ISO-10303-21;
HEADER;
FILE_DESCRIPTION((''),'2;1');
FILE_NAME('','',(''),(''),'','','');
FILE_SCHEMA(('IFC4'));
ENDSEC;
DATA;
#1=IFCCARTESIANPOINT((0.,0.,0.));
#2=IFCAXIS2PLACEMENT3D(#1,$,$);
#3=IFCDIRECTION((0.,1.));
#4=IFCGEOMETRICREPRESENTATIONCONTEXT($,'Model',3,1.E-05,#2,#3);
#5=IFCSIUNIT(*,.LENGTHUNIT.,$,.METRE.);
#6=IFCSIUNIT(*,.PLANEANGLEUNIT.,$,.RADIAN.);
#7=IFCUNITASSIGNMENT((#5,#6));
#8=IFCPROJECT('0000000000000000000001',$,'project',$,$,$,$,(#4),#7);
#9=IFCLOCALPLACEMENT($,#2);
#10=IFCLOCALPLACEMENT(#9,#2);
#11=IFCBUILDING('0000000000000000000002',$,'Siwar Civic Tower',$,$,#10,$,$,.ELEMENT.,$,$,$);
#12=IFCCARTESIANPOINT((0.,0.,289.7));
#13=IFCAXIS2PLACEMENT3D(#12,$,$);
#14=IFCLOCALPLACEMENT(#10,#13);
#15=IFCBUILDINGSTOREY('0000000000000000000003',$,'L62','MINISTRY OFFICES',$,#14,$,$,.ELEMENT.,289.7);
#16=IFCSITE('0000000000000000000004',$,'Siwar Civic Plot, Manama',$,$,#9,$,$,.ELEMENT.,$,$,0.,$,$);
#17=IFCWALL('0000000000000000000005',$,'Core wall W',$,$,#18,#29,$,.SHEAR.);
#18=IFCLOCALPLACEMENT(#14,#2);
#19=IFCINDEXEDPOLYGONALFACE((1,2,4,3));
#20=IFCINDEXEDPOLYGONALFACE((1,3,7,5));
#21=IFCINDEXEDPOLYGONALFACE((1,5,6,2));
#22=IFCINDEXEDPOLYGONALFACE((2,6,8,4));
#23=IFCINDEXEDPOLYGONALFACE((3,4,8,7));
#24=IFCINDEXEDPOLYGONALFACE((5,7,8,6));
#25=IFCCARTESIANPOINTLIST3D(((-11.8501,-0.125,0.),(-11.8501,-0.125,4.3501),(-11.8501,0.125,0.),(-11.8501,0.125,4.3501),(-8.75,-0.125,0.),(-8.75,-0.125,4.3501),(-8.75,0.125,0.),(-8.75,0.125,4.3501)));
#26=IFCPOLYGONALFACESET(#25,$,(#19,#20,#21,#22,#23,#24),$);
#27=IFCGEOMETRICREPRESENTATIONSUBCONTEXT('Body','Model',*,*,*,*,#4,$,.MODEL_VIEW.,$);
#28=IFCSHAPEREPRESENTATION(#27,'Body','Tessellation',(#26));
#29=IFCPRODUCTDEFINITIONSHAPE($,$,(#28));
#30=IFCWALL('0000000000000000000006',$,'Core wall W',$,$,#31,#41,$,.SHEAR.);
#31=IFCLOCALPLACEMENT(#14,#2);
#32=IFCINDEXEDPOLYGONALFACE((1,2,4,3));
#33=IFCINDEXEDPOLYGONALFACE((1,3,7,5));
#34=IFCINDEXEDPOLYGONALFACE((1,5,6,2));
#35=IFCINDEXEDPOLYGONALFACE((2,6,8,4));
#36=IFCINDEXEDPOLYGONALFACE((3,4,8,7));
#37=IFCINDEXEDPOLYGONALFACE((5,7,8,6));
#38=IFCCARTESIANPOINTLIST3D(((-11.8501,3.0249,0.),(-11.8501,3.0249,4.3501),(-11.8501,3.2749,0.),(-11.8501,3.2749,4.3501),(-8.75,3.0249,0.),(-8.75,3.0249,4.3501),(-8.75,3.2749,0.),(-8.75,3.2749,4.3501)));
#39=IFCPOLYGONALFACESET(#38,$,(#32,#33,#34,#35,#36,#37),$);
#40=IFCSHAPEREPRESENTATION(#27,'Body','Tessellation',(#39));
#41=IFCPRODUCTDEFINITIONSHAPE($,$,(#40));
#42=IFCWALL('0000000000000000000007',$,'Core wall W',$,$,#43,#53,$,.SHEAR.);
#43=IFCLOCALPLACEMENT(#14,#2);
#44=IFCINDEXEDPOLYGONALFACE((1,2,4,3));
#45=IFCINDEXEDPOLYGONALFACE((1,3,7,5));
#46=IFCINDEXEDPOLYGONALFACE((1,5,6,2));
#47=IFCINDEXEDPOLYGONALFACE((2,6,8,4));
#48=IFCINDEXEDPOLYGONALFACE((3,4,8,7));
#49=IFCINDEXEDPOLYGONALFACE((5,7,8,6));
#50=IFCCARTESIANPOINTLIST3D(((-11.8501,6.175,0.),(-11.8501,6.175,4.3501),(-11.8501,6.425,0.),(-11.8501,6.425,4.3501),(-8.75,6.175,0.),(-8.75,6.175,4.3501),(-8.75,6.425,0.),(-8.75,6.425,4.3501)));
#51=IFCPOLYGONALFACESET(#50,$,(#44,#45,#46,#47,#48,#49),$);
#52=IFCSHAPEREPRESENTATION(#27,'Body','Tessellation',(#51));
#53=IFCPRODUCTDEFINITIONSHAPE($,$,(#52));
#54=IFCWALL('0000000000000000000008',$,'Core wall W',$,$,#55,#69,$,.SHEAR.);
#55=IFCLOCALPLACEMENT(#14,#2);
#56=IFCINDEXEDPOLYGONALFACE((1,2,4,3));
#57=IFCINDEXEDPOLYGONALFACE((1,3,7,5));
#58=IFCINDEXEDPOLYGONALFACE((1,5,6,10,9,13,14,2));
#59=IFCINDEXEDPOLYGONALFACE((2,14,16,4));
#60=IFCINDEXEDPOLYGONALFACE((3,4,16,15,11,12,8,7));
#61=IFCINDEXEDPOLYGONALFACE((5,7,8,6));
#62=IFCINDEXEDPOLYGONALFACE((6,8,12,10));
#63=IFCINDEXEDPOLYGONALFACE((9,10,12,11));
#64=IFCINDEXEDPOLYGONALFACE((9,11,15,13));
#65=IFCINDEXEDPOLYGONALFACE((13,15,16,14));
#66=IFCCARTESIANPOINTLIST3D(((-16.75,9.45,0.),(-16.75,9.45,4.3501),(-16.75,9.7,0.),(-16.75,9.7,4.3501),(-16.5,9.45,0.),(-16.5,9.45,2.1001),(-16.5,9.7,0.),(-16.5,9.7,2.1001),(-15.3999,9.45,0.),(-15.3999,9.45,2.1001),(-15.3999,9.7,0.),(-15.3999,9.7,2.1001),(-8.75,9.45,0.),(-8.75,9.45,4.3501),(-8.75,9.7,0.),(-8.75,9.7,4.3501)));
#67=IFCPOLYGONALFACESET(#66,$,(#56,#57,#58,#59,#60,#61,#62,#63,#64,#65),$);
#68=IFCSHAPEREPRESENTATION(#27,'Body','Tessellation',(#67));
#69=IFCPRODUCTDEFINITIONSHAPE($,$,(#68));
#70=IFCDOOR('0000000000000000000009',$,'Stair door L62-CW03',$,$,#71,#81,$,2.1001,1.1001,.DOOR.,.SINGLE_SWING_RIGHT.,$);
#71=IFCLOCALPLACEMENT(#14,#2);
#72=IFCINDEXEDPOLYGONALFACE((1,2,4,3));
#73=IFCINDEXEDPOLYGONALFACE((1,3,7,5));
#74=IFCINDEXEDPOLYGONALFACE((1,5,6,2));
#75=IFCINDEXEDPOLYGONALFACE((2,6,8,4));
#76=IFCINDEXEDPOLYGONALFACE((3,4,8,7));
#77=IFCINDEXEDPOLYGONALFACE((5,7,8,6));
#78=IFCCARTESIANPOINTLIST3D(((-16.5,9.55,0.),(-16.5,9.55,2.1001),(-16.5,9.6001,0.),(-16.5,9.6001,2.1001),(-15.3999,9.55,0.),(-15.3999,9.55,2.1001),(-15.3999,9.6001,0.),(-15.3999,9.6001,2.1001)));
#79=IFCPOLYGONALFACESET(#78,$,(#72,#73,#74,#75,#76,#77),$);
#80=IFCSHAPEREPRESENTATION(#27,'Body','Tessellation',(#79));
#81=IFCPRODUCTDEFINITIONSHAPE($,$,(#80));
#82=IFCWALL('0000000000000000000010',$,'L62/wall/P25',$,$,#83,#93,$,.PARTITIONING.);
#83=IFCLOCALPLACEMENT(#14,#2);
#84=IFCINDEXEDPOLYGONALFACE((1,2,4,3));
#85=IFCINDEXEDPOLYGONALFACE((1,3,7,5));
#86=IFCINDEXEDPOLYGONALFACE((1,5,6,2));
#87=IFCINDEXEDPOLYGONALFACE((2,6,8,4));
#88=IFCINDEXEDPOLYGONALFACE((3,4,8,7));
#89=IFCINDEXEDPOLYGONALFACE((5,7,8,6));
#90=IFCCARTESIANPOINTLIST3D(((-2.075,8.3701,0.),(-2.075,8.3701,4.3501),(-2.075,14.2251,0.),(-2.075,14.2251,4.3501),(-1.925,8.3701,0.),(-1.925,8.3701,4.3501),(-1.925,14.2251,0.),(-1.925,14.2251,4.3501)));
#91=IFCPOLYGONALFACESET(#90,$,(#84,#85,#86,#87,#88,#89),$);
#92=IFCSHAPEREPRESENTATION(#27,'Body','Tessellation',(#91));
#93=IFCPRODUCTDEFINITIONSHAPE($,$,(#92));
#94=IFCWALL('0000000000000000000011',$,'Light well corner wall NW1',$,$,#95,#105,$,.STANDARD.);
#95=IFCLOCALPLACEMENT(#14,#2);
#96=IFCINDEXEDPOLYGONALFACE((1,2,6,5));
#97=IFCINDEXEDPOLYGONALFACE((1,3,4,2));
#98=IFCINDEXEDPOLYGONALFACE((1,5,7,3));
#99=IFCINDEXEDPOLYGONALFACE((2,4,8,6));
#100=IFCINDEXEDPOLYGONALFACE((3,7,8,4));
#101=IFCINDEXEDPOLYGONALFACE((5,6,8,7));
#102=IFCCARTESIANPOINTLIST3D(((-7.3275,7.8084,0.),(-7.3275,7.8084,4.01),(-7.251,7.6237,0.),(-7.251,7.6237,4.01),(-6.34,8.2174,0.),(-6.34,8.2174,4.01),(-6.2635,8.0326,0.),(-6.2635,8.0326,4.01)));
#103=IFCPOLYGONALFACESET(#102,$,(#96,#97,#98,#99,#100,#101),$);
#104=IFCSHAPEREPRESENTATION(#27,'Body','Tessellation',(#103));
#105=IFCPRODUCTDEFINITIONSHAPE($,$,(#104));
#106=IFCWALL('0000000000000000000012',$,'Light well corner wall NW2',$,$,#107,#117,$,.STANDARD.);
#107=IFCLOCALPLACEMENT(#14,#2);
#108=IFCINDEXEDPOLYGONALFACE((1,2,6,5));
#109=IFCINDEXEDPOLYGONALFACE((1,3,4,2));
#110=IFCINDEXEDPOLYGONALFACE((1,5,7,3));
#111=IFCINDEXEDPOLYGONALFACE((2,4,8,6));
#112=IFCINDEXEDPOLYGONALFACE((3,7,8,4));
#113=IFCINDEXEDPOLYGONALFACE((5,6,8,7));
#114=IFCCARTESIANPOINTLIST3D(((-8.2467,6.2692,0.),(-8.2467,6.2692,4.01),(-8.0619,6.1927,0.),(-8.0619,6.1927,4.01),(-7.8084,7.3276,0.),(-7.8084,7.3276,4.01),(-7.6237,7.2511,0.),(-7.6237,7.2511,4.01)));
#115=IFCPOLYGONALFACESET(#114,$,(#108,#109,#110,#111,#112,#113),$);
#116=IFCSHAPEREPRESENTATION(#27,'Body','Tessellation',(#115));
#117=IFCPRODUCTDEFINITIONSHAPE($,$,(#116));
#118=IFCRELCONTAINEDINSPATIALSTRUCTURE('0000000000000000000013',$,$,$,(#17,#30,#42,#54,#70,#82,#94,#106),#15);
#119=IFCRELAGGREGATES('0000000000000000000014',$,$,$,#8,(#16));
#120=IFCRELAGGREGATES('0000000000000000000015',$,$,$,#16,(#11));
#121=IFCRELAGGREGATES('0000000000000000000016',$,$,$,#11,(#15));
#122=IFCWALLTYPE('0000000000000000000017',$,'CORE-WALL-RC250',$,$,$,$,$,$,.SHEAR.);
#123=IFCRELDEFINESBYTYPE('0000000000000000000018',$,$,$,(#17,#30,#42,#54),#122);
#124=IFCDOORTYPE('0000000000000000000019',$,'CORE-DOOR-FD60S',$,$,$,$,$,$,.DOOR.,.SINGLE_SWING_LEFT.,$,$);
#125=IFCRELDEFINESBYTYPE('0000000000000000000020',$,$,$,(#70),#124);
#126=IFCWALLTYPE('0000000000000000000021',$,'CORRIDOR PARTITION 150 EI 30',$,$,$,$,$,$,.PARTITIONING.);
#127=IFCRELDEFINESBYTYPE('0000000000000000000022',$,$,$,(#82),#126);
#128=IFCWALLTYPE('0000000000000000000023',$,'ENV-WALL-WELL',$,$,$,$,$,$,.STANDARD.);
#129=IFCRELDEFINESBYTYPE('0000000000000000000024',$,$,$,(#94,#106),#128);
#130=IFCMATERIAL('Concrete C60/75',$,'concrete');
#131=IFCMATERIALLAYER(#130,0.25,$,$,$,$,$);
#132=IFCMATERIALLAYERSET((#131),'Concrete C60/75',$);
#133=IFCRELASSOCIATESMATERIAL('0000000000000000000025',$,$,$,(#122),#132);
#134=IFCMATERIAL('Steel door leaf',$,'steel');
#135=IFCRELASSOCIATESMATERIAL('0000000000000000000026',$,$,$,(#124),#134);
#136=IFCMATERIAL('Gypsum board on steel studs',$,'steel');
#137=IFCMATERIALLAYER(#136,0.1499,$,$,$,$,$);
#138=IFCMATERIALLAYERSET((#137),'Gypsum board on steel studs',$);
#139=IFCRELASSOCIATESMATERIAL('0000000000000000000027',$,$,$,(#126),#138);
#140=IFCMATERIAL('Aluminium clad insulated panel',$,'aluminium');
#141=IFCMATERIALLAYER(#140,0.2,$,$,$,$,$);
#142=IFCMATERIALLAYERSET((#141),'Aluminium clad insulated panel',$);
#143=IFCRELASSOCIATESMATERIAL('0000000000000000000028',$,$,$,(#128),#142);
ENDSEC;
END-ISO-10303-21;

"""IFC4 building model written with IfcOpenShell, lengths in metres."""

from ifc_helpers import new_model, si_unit, direction, frame, frame_2d, origin, place, context, subcontext, project, spatial, rectangle, extrude, material, layer, layer_set, type_object, element, fill, save


model = new_model("IFC4")

# Units and contexts
model_context = context("Model", 3, precision=1e-05, world=origin(), true_north=direction((0.0, 1.0)))
body_context = subcontext(model_context, "Body", "Model", "MODEL_VIEW")
ifc_project = project(units=[si_unit("LENGTHUNIT", "METRE"), si_unit("PLANEANGLEUNIT", "RADIAN")], contexts=[model_context])

# Site, building, storey
site_placement = place(None, origin())
site = spatial("IfcSite", under=ifc_project, at=site_placement, Name="Siwar Civic Plot, Manama", CompositionType="ELEMENT", RefElevation=0.0)
building_placement = place(site_placement, origin())
building = spatial("IfcBuilding", under=site, at=building_placement, Name="Siwar Civic Tower", CompositionType="ELEMENT")
storey_placement = place(building_placement, frame((0.0, 0.0, 289.7)))
storey = spatial("IfcBuildingStorey", under=building, at=storey_placement, Name="L62", Description="MINISTRY OFFICES", CompositionType="ELEMENT", Elevation=289.7)

# Shared definitions
ifc_material_1 = material(Name="Concrete C60/75", Category="concrete")
ifc_layer_1 = layer(ifc_material_1, 0.25)
ifc_layer_set_1 = layer_set([ifc_layer_1], Name="Concrete C60/75")
wall_type_1 = type_object("IfcWallType", Name="CORE-WALL-RC250", PredefinedType="SHEAR", material=ifc_layer_set_1)

# Walls
for number, where, z_axis, x_axis, name in (
    (1, (-8.75, 0.0, 0.0), (0.0, 0.0, 1.0), (-1.0, 0.0, 0.0), "Core wall W"),
    (2, (-8.75, 3.1499, 0.0), (0.0, 0.0, 1.0), (-1.0, 0.0, 0.0), "Core wall W"),
    (3, (-8.75, 6.3, 0.0), (0.0, 0.0, 1.0), (-1.0, 0.0, 0.0), "Core wall W"),
):
    element("IfcWall", number, at=place(storey_placement, frame(where, z_axis=z_axis, x_axis=x_axis)), inside=storey, type_object=wall_type_1, Name=name, PredefinedType="SHEAR", context=body_context, shape_type="SweptSolid", body=[
        extrude(rectangle(XDim=3.1001, YDim=0.25, at=frame_2d((1.55, 0.0))), origin(), (0.0, 0.0, 1.0), 4.3501),
    ])

# Wall, opening, door
wall_1_placement = place(storey_placement, frame((-8.75, 9.575, 0.0), z_axis=(0.0, 0.0, 1.0), x_axis=(-1.0, 0.0, 0.0)))
wall_1 = element("IfcWall", 4, at=wall_1_placement, inside=storey, type_object=wall_type_1, Name="Core wall W", PredefinedType="SHEAR", context=body_context, shape_type="SweptSolid", body=[
    extrude(rectangle(XDim=8.0, YDim=0.25, at=frame_2d((4.0, 0.0))), origin(), (0.0, 0.0, 1.0), 4.3501),
])
opening_1_placement = place(wall_1_placement, frame((6.6499, 0.0, 0.0)))
opening_1 = element("IfcOpeningElement", 5, at=opening_1_placement, cuts=wall_1, PredefinedType="OPENING", context=body_context, shape_type="SweptSolid", body=[
    extrude(rectangle(XDim=1.1001, YDim=2.1001, at=frame_2d((0.55, 1.05))), frame((0.0, 0.135, 0.0), z_axis=(0.0, -1.0, 0.0), x_axis=(1.0, 0.0, 0.0)), (0.0, 0.0, 1.0), 0.27),
])
ifc_material_2 = material(Name="Steel door leaf", Category="steel")
door_type_1 = type_object("IfcDoorType", Name="CORE-DOOR-FD60S", OperationType="SINGLE_SWING_LEFT", PredefinedType="DOOR", material=ifc_material_2)
door_1_placement = place(opening_1_placement, origin())
door_1 = element("IfcDoor", 6, at=door_1_placement, inside=storey, type_object=door_type_1, Name="Stair door L62-CW03", OperationType="SINGLE_SWING_RIGHT", OverallHeight=2.1001, OverallWidth=1.1001, PredefinedType="DOOR", context=body_context, shape_type="SweptSolid", body=[
    extrude(rectangle(XDim=1.1001, YDim=2.1001, at=frame_2d((0.55, 1.05))), frame((0.0, 0.0249, 0.0), z_axis=(0.0, -1.0, 0.0), x_axis=(1.0, 0.0, 0.0)), (0.0, 0.0, 1.0), 0.05),
])
fill(opening_1, door_1)

# Walls
ifc_material_3 = material(Name="Gypsum board on steel studs", Category="steel")
ifc_layer_2 = layer(ifc_material_3, 0.1499)
ifc_layer_set_2 = layer_set([ifc_layer_2], Name="Gypsum board on steel studs")
wall_type_2 = type_object("IfcWallType", Name="CORRIDOR PARTITION 150 EI 30", PredefinedType="PARTITIONING", material=ifc_layer_set_2)
wall_2_placement = place(storey_placement, frame((-2.0, 8.3701, 0.0), z_axis=(0.0, 0.0, 1.0), x_axis=(0.0, 1.0, 0.0)))
element("IfcWall", 7, at=wall_2_placement, inside=storey, type_object=wall_type_2, Name="L62/wall/P25", PredefinedType="PARTITIONING", context=body_context, shape_type="SweptSolid", body=[
    extrude(rectangle(XDim=5.855, YDim=0.1499, at=frame_2d((2.9275, 0.0))), origin(), (0.0, 0.0, 1.0), 4.3501),
])
ifc_material_4 = material(Name="Aluminium clad insulated panel", Category="aluminium")
ifc_layer_3 = layer(ifc_material_4, 0.2)
ifc_layer_set_3 = layer_set([ifc_layer_3], Name="Aluminium clad insulated panel")
wall_type_3 = type_object("IfcWallType", Name="ENV-WALL-WELL", PredefinedType="STANDARD", material=ifc_layer_set_3)
wall_3_placement = place(storey_placement, frame((-6.3018, 8.125, 0.0), z_axis=(0.0, 0.0, 1.0), x_axis=(-0.923919, -0.382587, 0.0)))
element("IfcWall", 8, at=wall_3_placement, inside=storey, type_object=wall_type_3, Name="Light well corner wall NW1", PredefinedType="STANDARD", context=body_context, shape_type="SweptSolid", body=[
    extrude(rectangle(XDim=1.0688, YDim=0.2, at=frame_2d((0.5344, 0.0))), origin(), (0.0, 0.0, 1.0), 4.01),
])
wall_4_placement = place(storey_placement, frame((-7.7161, 7.2893, 0.0), z_axis=(0.0, 0.0, 1.0), x_axis=(-0.382571, -0.923926, 0.0)))
element("IfcWall", 9, at=wall_4_placement, inside=storey, type_object=wall_type_3, Name="Light well corner wall NW2", PredefinedType="STANDARD", context=body_context, shape_type="SweptSolid", body=[
    extrude(rectangle(XDim=1.1455, YDim=0.2, at=frame_2d((0.5728, 0.0))), origin(), (0.0, 0.0, 1.0), 4.01),
])

save(model, "model.ifc")
